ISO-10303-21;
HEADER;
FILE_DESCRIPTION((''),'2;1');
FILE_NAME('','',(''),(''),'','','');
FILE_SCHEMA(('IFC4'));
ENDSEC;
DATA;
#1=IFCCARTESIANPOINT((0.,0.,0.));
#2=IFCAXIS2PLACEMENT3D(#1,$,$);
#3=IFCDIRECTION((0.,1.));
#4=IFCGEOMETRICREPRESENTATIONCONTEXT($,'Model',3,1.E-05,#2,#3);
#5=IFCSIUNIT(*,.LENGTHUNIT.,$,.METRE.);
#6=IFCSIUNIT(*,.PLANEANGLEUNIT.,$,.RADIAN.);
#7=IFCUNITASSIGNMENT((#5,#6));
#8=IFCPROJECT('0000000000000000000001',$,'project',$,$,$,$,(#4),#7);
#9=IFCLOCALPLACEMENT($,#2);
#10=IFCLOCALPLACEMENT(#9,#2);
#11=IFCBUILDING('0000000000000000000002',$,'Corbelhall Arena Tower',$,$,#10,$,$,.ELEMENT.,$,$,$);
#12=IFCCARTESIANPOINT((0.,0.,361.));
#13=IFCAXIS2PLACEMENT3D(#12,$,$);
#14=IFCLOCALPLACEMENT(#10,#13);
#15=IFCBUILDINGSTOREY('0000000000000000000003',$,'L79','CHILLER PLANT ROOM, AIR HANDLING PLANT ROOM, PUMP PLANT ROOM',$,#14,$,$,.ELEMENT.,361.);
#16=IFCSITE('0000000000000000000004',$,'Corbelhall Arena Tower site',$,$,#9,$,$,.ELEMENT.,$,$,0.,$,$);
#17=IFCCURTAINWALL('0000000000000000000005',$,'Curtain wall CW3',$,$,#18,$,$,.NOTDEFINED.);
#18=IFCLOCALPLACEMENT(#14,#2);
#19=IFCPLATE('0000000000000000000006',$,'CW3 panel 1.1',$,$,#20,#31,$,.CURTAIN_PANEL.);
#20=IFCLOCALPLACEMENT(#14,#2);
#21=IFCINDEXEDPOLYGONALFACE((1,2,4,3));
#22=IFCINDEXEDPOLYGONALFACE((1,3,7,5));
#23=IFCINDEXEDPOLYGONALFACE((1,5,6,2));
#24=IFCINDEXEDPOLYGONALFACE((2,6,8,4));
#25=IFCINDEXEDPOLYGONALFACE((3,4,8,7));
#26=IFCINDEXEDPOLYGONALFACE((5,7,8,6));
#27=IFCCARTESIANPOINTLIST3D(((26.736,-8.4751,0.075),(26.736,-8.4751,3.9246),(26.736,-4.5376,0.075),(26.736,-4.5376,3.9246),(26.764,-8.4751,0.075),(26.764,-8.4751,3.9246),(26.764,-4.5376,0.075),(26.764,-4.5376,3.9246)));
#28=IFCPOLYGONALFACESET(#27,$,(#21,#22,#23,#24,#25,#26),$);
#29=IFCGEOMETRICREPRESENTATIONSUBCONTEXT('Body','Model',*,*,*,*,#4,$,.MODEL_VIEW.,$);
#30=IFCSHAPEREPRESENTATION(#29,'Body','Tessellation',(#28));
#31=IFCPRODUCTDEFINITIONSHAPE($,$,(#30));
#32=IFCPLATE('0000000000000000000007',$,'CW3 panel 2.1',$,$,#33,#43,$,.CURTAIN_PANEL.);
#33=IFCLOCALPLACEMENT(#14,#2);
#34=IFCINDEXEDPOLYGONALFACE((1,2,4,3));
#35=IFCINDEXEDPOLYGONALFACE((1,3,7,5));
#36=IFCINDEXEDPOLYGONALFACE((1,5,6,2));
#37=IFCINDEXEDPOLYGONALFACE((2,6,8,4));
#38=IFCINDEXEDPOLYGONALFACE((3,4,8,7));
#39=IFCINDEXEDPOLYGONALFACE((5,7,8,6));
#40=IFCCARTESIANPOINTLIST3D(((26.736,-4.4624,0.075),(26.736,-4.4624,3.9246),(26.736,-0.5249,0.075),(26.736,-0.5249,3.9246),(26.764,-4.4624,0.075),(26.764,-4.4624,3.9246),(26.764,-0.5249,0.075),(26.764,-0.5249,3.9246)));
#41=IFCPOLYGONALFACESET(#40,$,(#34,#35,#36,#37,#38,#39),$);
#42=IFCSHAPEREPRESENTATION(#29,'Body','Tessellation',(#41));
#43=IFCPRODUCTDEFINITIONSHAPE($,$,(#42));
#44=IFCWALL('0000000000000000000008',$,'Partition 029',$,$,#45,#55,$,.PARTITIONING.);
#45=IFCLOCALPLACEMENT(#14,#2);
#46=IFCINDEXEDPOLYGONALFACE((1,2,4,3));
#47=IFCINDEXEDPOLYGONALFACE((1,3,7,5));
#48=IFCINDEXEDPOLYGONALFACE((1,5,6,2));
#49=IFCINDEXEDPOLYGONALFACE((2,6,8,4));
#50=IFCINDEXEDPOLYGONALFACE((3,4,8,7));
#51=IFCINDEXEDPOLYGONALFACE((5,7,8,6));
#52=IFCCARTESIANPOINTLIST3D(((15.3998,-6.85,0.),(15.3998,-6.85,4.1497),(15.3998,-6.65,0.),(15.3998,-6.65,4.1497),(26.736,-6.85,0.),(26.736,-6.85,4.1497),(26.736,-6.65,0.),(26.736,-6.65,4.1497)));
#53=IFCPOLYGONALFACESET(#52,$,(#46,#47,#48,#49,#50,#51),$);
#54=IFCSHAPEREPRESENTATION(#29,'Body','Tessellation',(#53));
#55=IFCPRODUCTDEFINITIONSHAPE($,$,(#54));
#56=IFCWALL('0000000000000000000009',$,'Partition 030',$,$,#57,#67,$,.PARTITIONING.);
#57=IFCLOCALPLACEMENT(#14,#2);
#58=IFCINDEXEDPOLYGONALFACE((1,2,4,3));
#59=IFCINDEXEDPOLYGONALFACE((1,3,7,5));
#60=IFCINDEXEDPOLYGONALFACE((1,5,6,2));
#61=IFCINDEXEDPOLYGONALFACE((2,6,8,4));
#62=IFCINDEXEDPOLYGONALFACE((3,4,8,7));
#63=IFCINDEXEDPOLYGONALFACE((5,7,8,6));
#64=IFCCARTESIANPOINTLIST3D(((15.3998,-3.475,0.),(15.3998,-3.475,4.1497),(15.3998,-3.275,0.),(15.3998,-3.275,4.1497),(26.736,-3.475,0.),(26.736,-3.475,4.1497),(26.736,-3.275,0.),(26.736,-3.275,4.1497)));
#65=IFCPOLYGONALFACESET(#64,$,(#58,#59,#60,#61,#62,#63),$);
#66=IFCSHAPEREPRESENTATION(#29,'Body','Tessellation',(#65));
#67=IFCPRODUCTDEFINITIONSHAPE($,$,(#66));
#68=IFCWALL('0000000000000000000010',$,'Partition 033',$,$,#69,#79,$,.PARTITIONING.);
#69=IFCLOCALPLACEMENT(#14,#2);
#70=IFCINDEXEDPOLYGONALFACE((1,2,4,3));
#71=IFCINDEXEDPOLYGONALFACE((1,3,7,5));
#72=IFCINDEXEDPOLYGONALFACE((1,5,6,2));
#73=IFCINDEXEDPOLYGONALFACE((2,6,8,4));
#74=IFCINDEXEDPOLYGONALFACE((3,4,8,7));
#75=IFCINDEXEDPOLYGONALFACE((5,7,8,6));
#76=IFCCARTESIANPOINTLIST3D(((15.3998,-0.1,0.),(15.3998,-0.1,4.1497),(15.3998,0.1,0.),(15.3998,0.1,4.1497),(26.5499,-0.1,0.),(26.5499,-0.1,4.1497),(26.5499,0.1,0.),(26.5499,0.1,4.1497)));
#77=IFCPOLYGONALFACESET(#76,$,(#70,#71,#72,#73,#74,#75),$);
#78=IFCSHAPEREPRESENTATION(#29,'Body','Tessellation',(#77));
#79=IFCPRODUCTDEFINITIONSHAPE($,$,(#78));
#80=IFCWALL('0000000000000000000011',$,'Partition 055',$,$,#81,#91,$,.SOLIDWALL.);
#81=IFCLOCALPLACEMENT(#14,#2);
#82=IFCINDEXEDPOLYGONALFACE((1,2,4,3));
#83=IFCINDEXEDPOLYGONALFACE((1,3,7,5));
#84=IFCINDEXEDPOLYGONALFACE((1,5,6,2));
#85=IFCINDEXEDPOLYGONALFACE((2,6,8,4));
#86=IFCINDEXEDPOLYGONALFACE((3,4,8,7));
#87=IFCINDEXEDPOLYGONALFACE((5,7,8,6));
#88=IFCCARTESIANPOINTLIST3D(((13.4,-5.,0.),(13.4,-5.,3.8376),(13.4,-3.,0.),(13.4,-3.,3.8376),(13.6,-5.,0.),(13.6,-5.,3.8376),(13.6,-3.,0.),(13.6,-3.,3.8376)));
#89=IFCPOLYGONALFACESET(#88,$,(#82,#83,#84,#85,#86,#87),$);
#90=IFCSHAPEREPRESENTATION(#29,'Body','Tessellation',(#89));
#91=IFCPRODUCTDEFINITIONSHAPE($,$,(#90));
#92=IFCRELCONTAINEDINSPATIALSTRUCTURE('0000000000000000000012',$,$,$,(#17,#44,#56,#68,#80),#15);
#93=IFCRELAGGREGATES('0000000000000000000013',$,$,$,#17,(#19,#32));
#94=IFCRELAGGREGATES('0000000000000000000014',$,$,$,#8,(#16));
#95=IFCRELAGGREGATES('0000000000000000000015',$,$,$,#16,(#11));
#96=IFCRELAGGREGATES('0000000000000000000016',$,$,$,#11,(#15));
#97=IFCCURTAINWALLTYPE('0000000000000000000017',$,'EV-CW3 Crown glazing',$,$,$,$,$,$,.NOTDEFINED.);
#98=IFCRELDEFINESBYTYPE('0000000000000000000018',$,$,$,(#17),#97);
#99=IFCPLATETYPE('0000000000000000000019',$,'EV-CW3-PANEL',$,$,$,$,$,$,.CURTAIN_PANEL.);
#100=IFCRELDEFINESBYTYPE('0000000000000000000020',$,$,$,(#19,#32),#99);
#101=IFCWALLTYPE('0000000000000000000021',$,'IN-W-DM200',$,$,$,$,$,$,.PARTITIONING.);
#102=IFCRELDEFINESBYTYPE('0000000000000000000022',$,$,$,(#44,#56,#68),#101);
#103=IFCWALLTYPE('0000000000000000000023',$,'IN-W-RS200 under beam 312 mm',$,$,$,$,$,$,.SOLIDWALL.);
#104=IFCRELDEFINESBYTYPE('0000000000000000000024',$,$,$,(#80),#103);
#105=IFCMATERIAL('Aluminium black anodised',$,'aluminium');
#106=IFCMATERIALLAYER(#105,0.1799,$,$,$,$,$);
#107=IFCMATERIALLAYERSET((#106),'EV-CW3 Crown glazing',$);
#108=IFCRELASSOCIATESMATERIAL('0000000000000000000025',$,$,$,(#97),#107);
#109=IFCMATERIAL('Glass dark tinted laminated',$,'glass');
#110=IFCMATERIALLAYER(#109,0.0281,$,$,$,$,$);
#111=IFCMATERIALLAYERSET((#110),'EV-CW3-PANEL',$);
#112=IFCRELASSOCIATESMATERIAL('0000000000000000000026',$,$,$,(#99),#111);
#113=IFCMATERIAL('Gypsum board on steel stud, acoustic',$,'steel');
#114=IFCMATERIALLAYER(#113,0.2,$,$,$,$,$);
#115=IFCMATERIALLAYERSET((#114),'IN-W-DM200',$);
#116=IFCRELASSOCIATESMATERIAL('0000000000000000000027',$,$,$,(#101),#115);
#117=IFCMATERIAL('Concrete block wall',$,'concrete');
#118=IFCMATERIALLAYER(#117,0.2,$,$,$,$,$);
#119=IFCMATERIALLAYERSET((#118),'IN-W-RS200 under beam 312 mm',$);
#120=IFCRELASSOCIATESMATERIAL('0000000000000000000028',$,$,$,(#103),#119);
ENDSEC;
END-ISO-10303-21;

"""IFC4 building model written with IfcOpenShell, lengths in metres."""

from ifc_helpers import new_model, si_unit, direction, frame, frame_2d, origin, origin_2d, place, context, subcontext, project, spatial, rectangle, extrude, material, layer, layer_set, type_object, element, aggregate, save


model = new_model("IFC4")

# Units and contexts
model_context = context("Model", 3, precision=1e-05, world=origin(), true_north=direction((0.0, 1.0)))
body_context = subcontext(model_context, "Body", "Model", "MODEL_VIEW")
ifc_project = project(units=[si_unit("LENGTHUNIT", "METRE"), si_unit("PLANEANGLEUNIT", "RADIAN")], contexts=[model_context])

# Site, building, storey
site_placement = place(None, origin())
site = spatial("IfcSite", under=ifc_project, at=site_placement, Name="Corbelhall Arena Tower site", CompositionType="ELEMENT", RefElevation=0.0)
building_placement = place(site_placement, origin())
building = spatial("IfcBuilding", under=site, at=building_placement, Name="Corbelhall Arena Tower", CompositionType="ELEMENT")
storey_placement = place(building_placement, frame((0.0, 0.0, 361.0)))
storey = spatial("IfcBuildingStorey", under=building, at=storey_placement, Name="L79", Description="CHILLER PLANT ROOM, AIR HANDLING PLANT ROOM, PUMP PLANT ROOM", CompositionType="ELEMENT", Elevation=361.0)

# Shared definitions
ifc_material_1 = material(Name="Aluminium black anodised", Category="aluminium")
ifc_layer_1 = layer(ifc_material_1, 0.1799)
ifc_layer_set_1 = layer_set([ifc_layer_1], Name="EV-CW3 Crown glazing")
curtain_wall_type = type_object("IfcCurtainWallType", Name="EV-CW3 Crown glazing", PredefinedType="NOTDEFINED", material=ifc_layer_set_1)

# Curtain wall
curtain_wall_1_placement = place(storey_placement, origin())
curtain_wall_1 = element("IfcCurtainWall", 1, at=curtain_wall_1_placement, inside=storey, type_object=curtain_wall_type, Name="Curtain wall CW3", PredefinedType="NOTDEFINED")

# Plates
ifc_material_2 = material(Name="Glass dark tinted laminated", Category="glass")
ifc_layer_2 = layer(ifc_material_2, 0.0281)
ifc_layer_set_2 = layer_set([ifc_layer_2], Name="EV-CW3-PANEL")
plate_type = type_object("IfcPlateType", Name="EV-CW3-PANEL", PredefinedType="CURTAIN_PANEL", material=ifc_layer_set_2)
plate_1_placement = place(storey_placement, frame((26.75, -6.5063, 0.075), z_axis=(0.0, 0.0, 1.0), x_axis=(0.0, 1.0, 0.0)))
plate_1 = element("IfcPlate", 2, at=plate_1_placement, type_object=plate_type, Name="CW3 panel 1.1", PredefinedType="CURTAIN_PANEL", context=body_context, shape_type="SweptSolid", body=[
    extrude(rectangle(XDim=3.9375, YDim=0.0281, at=origin_2d()), origin(), (0.0, 0.0, 1.0), 3.8496),
])
plate_2_placement = place(storey_placement, frame((26.75, -2.4937, 0.075), z_axis=(0.0, 0.0, 1.0), x_axis=(0.0, 1.0, 0.0)))
plate_2 = element("IfcPlate", 3, at=plate_2_placement, type_object=plate_type, Name="CW3 panel 2.1", PredefinedType="CURTAIN_PANEL", context=body_context, shape_type="SweptSolid", body=[
    extrude(rectangle(XDim=3.9375, YDim=0.0281, at=origin_2d()), origin(), (0.0, 0.0, 1.0), 3.8496),
])
aggregate(curtain_wall_1, [plate_1, plate_2])

# Walls
ifc_material_3 = material(Name="Gypsum board on steel stud, acoustic", Category="steel")
ifc_layer_3 = layer(ifc_material_3, 0.2)
ifc_layer_set_3 = layer_set([ifc_layer_3], Name="IN-W-DM200")
wall_type_1 = type_object("IfcWallType", Name="IN-W-DM200", PredefinedType="PARTITIONING", material=ifc_layer_set_3)
for number, where, z_axis, x_axis, name in (
    (4, (15.3999, -6.75, 0.0), (0.0, 0.0, 1.0), (1.0, 0.0, 0.0), "Partition 029"),
    (5, (15.3999, -3.375, 0.0), (0.0, 0.0, 1.0), (1.0, 0.0, 0.0), "Partition 030"),
):
    element("IfcWall", number, at=place(storey_placement, frame(where, z_axis=z_axis, x_axis=x_axis)), inside=storey, type_object=wall_type_1, Name=name, PredefinedType="PARTITIONING", context=body_context, shape_type="SweptSolid", body=[
        extrude(rectangle(XDim=11.3362, YDim=0.2, at=frame_2d((5.668, 0.0))), origin(), (0.0, 0.0, 1.0), 4.1497),
    ])
wall_1_placement = place(storey_placement, frame((26.55, 0.0, 0.0), z_axis=(0.0, 0.0, 1.0), x_axis=(-1.0, 0.0, 0.0)))
element("IfcWall", 6, at=wall_1_placement, inside=storey, type_object=wall_type_1, Name="Partition 033", PredefinedType="PARTITIONING", context=body_context, shape_type="SweptSolid", body=[
    extrude(rectangle(XDim=11.1501, YDim=0.2, at=frame_2d((5.5752, 0.0))), origin(), (0.0, 0.0, 1.0), 4.1497),
])
ifc_material_4 = material(Name="Concrete block wall", Category="concrete")
ifc_layer_4 = layer(ifc_material_4, 0.2)
ifc_layer_set_4 = layer_set([ifc_layer_4], Name="IN-W-RS200 under beam 312 mm")
wall_type_2 = type_object("IfcWallType", Name="IN-W-RS200 under beam 312 mm", PredefinedType="SOLIDWALL", material=ifc_layer_set_4)
wall_2_placement = place(storey_placement, frame((13.5, -3.0, 0.0), z_axis=(0.0, 0.0, 1.0), x_axis=(0.0, -1.0, 0.0)))
element("IfcWall", 7, at=wall_2_placement, inside=storey, type_object=wall_type_2, Name="Partition 055", PredefinedType="SOLIDWALL", context=body_context, shape_type="SweptSolid", body=[
    extrude(rectangle(XDim=2.0, YDim=0.2, at=frame_2d((1.0, 0.0))), origin(), (0.0, 0.0, 1.0), 3.8376),
])

save(model, "model.ifc")
